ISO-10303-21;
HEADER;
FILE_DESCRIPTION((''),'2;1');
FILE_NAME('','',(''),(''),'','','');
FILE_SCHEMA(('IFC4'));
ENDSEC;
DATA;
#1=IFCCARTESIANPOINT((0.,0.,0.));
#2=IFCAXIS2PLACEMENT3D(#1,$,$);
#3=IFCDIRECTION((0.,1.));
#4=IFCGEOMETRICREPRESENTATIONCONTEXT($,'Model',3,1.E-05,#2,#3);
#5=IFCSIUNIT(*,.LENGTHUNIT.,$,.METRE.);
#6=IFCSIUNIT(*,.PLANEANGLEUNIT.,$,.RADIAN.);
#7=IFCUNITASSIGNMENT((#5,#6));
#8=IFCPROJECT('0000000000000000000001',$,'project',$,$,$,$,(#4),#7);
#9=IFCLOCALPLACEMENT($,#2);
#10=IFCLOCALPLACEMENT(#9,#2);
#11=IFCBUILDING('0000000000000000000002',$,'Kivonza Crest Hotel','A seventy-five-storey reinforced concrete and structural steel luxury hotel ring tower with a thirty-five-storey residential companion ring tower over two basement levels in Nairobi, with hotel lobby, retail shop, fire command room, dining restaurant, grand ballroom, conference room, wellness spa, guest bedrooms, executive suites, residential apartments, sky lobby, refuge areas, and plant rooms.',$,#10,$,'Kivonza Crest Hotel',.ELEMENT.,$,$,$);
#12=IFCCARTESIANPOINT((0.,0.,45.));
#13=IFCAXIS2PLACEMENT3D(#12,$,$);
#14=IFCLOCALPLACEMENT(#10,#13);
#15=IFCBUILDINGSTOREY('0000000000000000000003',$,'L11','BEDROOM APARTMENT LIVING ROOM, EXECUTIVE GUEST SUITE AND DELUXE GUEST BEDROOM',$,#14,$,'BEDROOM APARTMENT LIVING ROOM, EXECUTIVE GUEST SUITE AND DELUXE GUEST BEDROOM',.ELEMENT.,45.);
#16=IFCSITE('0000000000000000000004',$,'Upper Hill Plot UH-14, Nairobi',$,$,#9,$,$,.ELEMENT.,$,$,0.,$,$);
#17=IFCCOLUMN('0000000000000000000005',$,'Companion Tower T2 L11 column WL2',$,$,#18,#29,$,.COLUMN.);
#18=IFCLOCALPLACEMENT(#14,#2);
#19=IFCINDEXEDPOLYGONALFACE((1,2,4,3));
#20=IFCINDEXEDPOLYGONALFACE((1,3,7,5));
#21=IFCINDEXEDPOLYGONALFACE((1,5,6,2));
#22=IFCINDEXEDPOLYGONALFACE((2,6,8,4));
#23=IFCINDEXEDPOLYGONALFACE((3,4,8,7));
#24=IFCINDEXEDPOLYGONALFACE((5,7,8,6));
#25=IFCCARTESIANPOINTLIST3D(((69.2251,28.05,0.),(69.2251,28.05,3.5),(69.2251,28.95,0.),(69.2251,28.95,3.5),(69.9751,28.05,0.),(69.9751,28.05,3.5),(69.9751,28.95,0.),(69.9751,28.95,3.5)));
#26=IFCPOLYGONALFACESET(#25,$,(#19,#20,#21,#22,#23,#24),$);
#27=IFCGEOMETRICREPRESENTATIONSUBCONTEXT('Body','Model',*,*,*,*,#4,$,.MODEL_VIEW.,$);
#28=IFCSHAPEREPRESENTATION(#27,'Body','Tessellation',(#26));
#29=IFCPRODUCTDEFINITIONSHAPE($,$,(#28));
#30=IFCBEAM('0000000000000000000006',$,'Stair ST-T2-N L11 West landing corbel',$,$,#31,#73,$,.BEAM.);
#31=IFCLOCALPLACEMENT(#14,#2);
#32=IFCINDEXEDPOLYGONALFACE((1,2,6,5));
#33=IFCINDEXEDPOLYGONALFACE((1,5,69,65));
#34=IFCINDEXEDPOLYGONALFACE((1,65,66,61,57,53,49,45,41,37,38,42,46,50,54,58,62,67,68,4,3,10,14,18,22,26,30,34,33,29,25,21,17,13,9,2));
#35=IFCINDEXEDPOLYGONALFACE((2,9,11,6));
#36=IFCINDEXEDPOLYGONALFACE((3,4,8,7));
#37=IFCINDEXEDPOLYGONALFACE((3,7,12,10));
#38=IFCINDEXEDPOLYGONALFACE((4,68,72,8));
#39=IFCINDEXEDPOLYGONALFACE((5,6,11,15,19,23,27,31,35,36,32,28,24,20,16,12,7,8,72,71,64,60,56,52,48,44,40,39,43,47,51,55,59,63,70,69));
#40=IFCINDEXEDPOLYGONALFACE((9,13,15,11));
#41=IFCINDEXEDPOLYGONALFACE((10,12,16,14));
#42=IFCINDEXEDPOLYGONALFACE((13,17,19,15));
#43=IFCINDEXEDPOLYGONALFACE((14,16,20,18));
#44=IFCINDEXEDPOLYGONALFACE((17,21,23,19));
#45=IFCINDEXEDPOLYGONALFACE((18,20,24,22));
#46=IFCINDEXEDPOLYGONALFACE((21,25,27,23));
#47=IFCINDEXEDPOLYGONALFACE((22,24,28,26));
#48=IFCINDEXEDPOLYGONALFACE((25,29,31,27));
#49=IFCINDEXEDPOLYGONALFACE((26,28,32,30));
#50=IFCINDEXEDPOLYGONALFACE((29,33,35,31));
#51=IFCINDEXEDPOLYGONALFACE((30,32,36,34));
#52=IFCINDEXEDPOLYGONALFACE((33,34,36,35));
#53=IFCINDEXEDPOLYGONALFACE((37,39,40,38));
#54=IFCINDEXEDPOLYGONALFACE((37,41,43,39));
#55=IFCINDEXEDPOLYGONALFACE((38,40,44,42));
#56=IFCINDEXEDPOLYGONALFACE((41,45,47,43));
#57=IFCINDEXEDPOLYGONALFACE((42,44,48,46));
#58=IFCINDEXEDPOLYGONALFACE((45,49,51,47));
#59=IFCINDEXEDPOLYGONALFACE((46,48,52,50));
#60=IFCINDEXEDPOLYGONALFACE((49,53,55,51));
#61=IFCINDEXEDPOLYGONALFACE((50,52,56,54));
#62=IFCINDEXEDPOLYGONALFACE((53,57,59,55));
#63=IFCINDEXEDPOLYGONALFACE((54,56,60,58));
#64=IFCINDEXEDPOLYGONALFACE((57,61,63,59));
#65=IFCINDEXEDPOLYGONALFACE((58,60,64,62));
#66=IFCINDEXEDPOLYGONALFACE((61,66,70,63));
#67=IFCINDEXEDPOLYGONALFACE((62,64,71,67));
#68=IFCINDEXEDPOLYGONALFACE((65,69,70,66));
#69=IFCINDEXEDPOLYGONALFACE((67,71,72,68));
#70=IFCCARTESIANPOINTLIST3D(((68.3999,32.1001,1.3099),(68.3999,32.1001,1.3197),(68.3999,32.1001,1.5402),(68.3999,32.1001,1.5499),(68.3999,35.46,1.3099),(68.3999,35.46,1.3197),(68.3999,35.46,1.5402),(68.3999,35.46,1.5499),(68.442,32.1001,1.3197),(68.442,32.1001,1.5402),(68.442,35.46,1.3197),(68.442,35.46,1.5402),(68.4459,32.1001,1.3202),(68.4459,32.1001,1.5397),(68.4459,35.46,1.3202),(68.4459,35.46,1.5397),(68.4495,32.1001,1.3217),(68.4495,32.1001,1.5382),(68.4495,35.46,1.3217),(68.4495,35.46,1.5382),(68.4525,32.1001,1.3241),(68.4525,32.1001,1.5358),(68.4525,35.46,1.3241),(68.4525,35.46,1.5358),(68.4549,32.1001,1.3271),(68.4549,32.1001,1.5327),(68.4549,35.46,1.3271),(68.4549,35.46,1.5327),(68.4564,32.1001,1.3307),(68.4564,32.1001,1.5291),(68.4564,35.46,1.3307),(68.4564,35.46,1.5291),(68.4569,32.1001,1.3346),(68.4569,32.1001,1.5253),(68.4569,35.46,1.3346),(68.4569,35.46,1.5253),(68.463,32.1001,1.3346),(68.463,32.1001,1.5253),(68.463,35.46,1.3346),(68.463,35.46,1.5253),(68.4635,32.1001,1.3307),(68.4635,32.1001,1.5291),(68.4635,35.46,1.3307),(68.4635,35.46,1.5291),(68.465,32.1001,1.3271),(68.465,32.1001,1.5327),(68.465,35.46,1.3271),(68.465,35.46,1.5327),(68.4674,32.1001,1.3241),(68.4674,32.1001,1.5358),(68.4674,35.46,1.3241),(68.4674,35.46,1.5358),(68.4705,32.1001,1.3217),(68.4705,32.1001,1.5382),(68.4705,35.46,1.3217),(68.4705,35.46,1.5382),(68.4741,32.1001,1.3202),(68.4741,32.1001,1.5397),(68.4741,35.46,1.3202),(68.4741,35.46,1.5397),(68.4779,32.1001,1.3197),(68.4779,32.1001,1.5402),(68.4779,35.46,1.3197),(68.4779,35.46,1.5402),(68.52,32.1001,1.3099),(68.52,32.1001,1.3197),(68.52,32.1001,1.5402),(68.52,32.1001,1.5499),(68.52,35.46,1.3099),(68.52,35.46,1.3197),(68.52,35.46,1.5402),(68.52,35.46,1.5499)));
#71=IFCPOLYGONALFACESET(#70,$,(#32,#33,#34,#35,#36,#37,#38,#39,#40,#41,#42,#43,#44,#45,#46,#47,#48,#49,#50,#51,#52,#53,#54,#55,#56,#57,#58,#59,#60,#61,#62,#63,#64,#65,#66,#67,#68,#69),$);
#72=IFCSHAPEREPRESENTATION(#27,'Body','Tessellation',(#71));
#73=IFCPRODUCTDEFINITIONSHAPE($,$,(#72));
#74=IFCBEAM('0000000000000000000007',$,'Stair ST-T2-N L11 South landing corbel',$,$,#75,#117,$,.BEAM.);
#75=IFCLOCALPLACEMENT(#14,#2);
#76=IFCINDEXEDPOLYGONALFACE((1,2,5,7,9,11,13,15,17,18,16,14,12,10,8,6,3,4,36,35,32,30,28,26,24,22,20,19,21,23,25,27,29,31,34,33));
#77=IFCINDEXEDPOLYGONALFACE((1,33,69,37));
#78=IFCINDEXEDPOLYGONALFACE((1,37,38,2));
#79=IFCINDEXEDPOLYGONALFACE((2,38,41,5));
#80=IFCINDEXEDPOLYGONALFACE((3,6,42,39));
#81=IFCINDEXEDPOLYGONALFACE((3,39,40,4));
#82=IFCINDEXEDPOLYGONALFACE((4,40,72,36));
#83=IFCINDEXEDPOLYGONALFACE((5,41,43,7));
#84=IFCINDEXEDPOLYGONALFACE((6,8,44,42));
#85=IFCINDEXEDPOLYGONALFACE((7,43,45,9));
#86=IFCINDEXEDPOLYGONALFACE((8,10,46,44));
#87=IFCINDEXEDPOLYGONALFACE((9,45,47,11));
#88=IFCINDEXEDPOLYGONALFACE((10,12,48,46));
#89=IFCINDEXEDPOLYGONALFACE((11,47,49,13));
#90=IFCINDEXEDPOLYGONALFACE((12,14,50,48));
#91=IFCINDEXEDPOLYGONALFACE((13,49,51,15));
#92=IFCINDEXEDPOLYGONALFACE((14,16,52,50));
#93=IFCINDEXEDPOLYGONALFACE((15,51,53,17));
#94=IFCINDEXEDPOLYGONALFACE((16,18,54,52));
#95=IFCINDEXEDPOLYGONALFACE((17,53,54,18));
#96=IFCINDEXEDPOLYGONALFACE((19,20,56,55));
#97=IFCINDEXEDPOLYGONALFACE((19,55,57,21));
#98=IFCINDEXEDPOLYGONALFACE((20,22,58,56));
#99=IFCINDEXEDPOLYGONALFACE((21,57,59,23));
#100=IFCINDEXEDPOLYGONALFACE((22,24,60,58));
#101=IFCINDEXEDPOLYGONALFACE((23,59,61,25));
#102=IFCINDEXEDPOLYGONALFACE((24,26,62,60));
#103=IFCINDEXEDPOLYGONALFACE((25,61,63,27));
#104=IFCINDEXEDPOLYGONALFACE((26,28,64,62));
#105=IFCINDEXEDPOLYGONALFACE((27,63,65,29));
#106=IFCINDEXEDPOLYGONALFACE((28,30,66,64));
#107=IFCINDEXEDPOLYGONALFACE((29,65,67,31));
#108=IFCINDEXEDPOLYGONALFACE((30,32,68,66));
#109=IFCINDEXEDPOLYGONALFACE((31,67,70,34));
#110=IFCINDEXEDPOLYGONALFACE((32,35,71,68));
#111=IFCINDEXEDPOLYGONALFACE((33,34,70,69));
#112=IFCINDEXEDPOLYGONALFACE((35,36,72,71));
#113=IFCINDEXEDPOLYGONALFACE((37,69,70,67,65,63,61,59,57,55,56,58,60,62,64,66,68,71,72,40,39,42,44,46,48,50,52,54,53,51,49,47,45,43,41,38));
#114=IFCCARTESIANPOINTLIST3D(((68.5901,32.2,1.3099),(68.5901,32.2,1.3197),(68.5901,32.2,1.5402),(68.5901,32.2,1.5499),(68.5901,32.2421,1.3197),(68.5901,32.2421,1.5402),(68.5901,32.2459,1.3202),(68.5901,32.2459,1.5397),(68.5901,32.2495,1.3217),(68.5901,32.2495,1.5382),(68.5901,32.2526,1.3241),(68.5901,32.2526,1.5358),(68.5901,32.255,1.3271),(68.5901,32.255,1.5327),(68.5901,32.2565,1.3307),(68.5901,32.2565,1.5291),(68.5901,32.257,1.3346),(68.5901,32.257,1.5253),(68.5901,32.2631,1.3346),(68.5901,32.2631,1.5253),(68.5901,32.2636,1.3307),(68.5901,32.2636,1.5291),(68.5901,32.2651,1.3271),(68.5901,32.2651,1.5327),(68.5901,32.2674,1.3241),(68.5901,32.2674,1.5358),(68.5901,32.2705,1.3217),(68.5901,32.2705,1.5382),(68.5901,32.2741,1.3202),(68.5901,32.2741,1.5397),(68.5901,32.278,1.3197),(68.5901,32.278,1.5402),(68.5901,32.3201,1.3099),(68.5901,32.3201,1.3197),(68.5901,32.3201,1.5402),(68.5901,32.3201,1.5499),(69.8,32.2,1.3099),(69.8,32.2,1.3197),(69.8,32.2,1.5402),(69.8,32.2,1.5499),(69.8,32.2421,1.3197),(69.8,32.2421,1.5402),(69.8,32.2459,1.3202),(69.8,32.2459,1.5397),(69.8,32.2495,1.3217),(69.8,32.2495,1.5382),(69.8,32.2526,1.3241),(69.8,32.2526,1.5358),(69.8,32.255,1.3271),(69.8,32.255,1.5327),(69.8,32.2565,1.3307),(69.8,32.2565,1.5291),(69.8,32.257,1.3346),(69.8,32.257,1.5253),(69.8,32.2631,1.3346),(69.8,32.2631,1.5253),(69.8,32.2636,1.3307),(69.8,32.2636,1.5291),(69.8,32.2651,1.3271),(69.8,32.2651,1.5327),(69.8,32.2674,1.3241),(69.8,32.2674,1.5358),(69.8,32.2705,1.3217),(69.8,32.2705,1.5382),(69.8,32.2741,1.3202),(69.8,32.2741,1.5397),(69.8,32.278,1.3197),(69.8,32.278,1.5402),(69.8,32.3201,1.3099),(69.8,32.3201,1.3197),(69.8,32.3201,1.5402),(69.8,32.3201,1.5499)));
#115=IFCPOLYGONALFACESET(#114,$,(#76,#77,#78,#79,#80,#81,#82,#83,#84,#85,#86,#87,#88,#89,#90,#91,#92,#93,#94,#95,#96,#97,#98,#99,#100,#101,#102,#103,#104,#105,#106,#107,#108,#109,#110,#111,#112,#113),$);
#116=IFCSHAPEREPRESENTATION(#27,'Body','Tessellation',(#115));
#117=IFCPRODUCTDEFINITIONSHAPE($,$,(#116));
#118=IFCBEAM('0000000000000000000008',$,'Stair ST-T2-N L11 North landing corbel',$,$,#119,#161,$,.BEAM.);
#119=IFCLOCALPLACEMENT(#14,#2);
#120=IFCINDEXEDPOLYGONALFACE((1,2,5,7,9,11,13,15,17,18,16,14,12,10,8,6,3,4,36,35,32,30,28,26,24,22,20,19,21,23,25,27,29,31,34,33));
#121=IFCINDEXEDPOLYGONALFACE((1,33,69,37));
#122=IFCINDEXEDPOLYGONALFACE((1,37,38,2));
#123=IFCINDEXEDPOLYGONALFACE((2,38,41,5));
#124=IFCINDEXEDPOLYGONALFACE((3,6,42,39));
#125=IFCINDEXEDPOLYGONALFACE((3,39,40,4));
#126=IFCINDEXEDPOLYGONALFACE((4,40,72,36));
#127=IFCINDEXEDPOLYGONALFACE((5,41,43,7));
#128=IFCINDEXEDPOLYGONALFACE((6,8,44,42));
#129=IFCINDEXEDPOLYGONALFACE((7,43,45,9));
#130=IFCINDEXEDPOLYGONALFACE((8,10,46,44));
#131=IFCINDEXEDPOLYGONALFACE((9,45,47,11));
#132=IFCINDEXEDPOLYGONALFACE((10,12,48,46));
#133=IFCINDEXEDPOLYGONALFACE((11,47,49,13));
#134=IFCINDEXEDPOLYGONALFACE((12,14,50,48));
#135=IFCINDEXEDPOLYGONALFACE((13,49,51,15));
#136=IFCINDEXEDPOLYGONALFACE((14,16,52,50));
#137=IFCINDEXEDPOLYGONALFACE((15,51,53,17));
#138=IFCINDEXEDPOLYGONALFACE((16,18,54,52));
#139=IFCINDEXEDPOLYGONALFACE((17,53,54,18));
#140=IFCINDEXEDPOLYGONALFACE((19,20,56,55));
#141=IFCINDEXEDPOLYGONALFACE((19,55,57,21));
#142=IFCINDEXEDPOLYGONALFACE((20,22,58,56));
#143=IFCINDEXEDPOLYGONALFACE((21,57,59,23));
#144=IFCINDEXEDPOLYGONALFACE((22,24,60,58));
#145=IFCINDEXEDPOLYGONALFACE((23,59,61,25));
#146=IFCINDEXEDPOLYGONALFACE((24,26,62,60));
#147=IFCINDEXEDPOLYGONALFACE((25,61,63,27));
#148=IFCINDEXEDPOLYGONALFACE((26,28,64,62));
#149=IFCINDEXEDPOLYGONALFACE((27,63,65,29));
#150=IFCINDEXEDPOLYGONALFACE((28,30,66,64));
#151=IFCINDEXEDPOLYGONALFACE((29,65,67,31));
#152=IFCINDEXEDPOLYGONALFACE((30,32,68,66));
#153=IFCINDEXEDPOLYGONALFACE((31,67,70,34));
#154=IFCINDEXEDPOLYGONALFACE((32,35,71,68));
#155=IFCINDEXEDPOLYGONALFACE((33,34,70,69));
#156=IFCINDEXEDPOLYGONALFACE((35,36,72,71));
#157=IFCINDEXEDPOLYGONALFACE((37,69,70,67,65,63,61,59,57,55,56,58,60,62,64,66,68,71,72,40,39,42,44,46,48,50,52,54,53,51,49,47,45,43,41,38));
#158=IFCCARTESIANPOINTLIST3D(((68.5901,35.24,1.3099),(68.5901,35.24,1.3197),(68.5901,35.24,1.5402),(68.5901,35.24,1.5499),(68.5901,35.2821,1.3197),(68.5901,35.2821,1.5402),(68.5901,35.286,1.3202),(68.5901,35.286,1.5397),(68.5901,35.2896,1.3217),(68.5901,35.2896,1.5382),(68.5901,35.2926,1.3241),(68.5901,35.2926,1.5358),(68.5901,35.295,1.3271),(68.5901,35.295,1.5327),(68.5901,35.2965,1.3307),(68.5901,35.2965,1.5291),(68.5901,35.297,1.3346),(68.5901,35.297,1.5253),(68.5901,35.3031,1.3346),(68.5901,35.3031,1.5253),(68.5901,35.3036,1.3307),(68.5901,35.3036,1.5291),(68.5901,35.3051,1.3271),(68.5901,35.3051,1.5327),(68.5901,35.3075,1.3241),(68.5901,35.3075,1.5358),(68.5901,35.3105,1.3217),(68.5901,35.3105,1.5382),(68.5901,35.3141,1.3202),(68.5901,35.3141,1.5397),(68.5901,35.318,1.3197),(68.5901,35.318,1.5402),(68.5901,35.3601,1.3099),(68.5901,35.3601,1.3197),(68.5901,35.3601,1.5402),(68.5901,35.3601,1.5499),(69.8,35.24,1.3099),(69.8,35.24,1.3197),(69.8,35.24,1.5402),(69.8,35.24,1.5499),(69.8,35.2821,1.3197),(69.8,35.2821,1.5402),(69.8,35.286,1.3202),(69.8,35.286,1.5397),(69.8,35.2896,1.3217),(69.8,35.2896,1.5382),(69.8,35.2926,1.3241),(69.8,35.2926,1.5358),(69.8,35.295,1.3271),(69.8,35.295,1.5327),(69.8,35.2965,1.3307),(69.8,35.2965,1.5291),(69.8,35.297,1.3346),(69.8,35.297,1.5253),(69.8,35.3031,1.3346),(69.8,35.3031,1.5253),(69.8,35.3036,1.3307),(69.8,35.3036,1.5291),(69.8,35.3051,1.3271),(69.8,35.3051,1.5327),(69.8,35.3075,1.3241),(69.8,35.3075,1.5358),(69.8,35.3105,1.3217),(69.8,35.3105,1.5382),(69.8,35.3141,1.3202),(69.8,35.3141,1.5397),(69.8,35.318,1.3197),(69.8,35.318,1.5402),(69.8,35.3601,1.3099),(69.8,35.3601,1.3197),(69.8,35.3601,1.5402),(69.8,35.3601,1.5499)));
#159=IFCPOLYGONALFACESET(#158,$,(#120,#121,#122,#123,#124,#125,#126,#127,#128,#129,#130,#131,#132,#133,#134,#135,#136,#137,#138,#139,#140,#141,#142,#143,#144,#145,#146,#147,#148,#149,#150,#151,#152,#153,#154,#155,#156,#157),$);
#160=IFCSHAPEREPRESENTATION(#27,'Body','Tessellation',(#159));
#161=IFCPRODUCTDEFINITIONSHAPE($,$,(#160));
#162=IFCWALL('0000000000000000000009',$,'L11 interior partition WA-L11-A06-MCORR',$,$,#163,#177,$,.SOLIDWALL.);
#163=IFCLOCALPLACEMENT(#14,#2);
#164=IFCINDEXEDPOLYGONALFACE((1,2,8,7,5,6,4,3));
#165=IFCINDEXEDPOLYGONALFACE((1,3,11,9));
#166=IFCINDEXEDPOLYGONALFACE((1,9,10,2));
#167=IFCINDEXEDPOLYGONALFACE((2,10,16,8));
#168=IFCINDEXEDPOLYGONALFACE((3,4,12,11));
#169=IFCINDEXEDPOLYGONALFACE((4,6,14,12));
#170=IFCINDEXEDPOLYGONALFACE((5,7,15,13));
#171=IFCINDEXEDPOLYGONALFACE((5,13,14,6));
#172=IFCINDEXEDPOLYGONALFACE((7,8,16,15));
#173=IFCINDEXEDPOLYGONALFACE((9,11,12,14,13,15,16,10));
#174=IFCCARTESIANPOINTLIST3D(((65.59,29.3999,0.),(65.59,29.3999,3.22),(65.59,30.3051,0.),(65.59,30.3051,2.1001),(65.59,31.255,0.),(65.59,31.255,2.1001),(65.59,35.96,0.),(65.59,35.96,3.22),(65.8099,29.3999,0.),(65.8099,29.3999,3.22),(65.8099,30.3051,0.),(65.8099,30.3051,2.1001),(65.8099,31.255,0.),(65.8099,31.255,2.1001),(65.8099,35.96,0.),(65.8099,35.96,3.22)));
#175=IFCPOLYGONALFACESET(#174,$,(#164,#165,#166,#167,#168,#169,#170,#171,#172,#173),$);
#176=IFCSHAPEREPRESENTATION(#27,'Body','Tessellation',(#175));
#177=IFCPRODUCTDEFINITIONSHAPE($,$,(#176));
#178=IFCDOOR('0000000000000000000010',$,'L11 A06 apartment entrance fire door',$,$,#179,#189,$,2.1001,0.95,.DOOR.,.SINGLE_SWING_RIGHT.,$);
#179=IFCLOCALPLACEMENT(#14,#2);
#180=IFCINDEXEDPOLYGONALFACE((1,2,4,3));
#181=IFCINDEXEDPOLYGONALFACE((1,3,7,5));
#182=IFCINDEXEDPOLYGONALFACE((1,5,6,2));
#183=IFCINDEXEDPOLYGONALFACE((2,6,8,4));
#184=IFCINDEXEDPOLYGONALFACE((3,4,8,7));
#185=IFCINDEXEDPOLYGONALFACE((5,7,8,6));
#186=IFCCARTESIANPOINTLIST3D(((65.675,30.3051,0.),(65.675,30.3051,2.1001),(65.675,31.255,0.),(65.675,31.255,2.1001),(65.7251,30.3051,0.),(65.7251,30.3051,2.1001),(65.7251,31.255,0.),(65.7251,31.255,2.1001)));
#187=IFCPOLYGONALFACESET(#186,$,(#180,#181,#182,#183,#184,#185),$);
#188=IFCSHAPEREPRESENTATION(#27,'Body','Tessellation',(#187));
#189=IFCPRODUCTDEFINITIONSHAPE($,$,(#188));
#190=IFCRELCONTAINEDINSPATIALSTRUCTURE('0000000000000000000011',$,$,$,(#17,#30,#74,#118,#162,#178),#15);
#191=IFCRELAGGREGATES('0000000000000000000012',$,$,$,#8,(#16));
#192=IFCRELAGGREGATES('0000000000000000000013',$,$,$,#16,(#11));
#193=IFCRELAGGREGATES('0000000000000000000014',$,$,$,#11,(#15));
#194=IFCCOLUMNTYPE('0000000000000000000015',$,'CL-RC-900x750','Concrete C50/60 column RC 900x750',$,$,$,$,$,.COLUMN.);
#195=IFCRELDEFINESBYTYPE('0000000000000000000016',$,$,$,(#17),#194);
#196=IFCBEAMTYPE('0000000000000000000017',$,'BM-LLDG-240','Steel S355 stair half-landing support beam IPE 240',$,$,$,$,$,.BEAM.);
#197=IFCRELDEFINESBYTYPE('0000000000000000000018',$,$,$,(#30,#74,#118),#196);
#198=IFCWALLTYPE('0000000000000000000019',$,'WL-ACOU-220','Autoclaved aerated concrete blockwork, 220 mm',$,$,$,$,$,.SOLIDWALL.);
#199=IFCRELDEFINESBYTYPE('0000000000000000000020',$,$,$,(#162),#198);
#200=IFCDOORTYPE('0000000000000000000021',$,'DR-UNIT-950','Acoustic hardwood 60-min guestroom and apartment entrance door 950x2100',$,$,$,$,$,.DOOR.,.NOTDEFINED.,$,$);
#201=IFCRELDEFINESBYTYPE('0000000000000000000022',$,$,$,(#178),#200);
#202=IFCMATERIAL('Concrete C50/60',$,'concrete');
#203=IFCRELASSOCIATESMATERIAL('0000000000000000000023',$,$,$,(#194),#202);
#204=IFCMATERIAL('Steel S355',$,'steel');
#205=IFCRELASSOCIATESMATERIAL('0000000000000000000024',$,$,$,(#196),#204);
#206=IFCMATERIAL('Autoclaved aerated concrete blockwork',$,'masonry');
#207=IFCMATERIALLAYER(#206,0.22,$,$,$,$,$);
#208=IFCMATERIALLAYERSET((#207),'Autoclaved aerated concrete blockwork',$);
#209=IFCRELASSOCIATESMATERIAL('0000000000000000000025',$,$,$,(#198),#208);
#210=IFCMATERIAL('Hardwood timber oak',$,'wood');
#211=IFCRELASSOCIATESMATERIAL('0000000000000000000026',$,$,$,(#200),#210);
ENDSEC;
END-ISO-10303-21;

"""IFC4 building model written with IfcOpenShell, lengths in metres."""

from ifc_helpers import new_model, si_unit, direction, frame, frame_2d, origin, origin_2d, place, context, subcontext, project, spatial, rectangle, i_section, extrude, material, layer, layer_set, material_profile, profile_set, type_object, element, fill, save


model = new_model("IFC4")

# Units and contexts
model_context = context("Model", 3, precision=1e-05, world=origin(), true_north=direction((0.0, 1.0)))
body_context = subcontext(model_context, "Body", "Model", "MODEL_VIEW")
ifc_project = project(units=[si_unit("LENGTHUNIT", "METRE"), si_unit("PLANEANGLEUNIT", "RADIAN")], contexts=[model_context])

# Site, building, storey
site_placement = place(None, origin())
site = spatial("IfcSite", under=ifc_project, at=site_placement, Name="Upper Hill Plot UH-14, Nairobi", CompositionType="ELEMENT", RefElevation=0.0)
building_placement = place(site_placement, origin())
building = spatial("IfcBuilding", under=site, at=building_placement, Name="Kivonza Crest Hotel", Description="A seventy-five-storey reinforced concrete and structural steel luxury hotel ring tower with a thirty-five-storey residential companion ring tower over two basement levels in Nairobi, with hotel lobby, retail shop, fire command room, dining restaurant, grand ballroom, conference room, wellness spa, guest bedrooms, executive suites, residential apartments, sky lobby, refuge areas, and plant rooms.", LongName="Kivonza Crest Hotel", CompositionType="ELEMENT")
storey_placement = place(building_placement, frame((0.0, 0.0, 45.0)))
storey = spatial("IfcBuildingStorey", under=building, at=storey_placement, Name="L11", Description="BEDROOM APARTMENT LIVING ROOM, EXECUTIVE GUEST SUITE AND DELUXE GUEST BEDROOM", LongName="BEDROOM APARTMENT LIVING ROOM, EXECUTIVE GUEST SUITE AND DELUXE GUEST BEDROOM", CompositionType="ELEMENT", Elevation=45.0)

# Column
ifc_material_1 = material(Name="Concrete C50/60", Category="concrete")
ifc_material_profile_1 = material_profile(ifc_material_1, rectangle(XDim=0.75, YDim=0.8999, at=origin_2d()), Name="RC 900x750")
ifc_profile_set_1 = profile_set([ifc_material_profile_1], Name="Concrete C50/60")
column_type = type_object("IfcColumnType", Name="CL-RC-900x750", Description="Concrete C50/60 column RC 900x750", PredefinedType="COLUMN", material=ifc_profile_set_1)
column_placement = place(storey_placement, frame((69.6001, 28.5, 0.0), z_axis=(0.0, 0.0, 1.0), x_axis=(1.0, 0.0, 0.0)))
element("IfcColumn", 1, at=column_placement, inside=storey, type_object=column_type, Name="Companion Tower T2 L11 column WL2", PredefinedType="COLUMN", context=body_context, shape_type="SweptSolid", body=[
    extrude(rectangle(XDim=0.75, YDim=0.8999, at=origin_2d()), origin(), (0.0, 0.0, 1.0), 3.5),
])

# Beams
ifc_material_2 = material(Name="Steel S355", Category="steel")
ifc_material_profile_2 = material_profile(ifc_material_2, i_section(OverallWidth=0.1201, OverallDepth=0.24, WebThickness=0.0061, FlangeThickness=0.0098, FilletRadius=0.0149, at=origin_2d()), Name="IPE 240")
ifc_profile_set_2 = profile_set([ifc_material_profile_2], Name="Steel S355")
beam_type = type_object("IfcBeamType", Name="BM-LLDG-240", Description="Steel S355 stair half-landing support beam IPE 240", PredefinedType="BEAM", material=ifc_profile_set_2)
beam_placement = place(storey_placement, frame((68.46, 32.1001, 1.4299), z_axis=(0.0, 1.0, 0.0), x_axis=(-1.0, 0.0, 0.0)))
element("IfcBeam", 2, at=beam_placement, inside=storey, type_object=beam_type, Name="Stair ST-T2-N L11 West landing corbel", PredefinedType="BEAM", context=body_context, shape_type="SweptSolid", body=[
    extrude(i_section(OverallWidth=0.1201, OverallDepth=0.24, WebThickness=0.0061, FlangeThickness=0.0098, FilletRadius=0.0149, at=origin_2d()), origin(), (0.0, 0.0, 1.0), 3.3599),
])
for number, where, z_axis, x_axis, name in (
    (3, (68.5901, 32.26, 1.4299), (1.0, 0.0, 0.0), (0.0, 1.0, 0.0), "Stair ST-T2-N L11 South landing corbel"),
    (4, (68.5901, 35.3, 1.4299), (1.0, 0.0, 0.0), (0.0, 1.0, 0.0), "Stair ST-T2-N L11 North landing corbel"),
):
    element("IfcBeam", number, at=place(storey_placement, frame(where, z_axis=z_axis, x_axis=x_axis)), inside=storey, type_object=beam_type, Name=name, PredefinedType="BEAM", context=body_context, shape_type="SweptSolid", body=[
        extrude(i_section(OverallWidth=0.1201, OverallDepth=0.24, WebThickness=0.0061, FlangeThickness=0.0098, FilletRadius=0.0149, at=origin_2d()), origin(), (0.0, 0.0, 1.0), 1.21),
    ])

# Wall, opening, door
ifc_material_3 = material(Name="Autoclaved aerated concrete blockwork", Category="masonry")
ifc_layer_1 = layer(ifc_material_3, 0.22)
ifc_layer_set_1 = layer_set([ifc_layer_1], Name="Autoclaved aerated concrete blockwork")
wall_type_1 = type_object("IfcWallType", Name="WL-ACOU-220", Description="Autoclaved aerated concrete blockwork, 220 mm", PredefinedType="SOLIDWALL", material=ifc_layer_set_1)
wall_1_placement = place(storey_placement, frame((65.7, 29.3999, 0.0), z_axis=(0.0, 0.0, 1.0), x_axis=(0.0, 1.0, 0.0)))
wall_1 = element("IfcWall", 5, at=wall_1_placement, inside=storey, type_object=wall_type_1, Name="L11 interior partition WA-L11-A06-MCORR", PredefinedType="SOLIDWALL", context=body_context, shape_type="SweptSolid", body=[
    extrude(rectangle(XDim=6.5601, YDim=0.22, at=frame_2d((3.28, 0.0))), origin(), (0.0, 0.0, 1.0), 3.22),
])
opening_1_placement = place(wall_1_placement, frame((0.905, 0.0, 0.0)))
opening_1 = element("IfcOpeningElement", 6, at=opening_1_placement, cuts=wall_1, PredefinedType="OPENING", context=body_context, shape_type="SweptSolid", body=[
    extrude(rectangle(XDim=0.95, YDim=2.1001, at=frame_2d((0.4751, 1.05))), frame((0.0, 0.1201, 0.0), z_axis=(0.0, -1.0, 0.0), x_axis=(1.0, 0.0, 0.0)), (0.0, 0.0, 1.0), 0.24),
])
ifc_material_4 = material(Name="Hardwood timber oak", Category="wood")
door_type = type_object("IfcDoorType", Name="DR-UNIT-950", Description="Acoustic hardwood 60-min guestroom and apartment entrance door 950x2100", OperationType="NOTDEFINED", PredefinedType="DOOR", material=ifc_material_4)
door_placement = place(opening_1_placement, origin())
door = element("IfcDoor", 7, at=door_placement, inside=storey, type_object=door_type, Name="L11 A06 apartment entrance fire door", OperationType="SINGLE_SWING_RIGHT", OverallHeight=2.1001, OverallWidth=0.95, PredefinedType="DOOR", context=body_context, shape_type="SweptSolid", body=[
    extrude(rectangle(XDim=0.95, YDim=2.1001, at=frame_2d((0.4751, 1.05))), frame((0.0, 0.0249, 0.0), z_axis=(0.0, -1.0, 0.0), x_axis=(1.0, 0.0, 0.0)), (0.0, 0.0, 1.0), 0.05),
])
fill(opening_1, door)

save(model, "model.ifc")
